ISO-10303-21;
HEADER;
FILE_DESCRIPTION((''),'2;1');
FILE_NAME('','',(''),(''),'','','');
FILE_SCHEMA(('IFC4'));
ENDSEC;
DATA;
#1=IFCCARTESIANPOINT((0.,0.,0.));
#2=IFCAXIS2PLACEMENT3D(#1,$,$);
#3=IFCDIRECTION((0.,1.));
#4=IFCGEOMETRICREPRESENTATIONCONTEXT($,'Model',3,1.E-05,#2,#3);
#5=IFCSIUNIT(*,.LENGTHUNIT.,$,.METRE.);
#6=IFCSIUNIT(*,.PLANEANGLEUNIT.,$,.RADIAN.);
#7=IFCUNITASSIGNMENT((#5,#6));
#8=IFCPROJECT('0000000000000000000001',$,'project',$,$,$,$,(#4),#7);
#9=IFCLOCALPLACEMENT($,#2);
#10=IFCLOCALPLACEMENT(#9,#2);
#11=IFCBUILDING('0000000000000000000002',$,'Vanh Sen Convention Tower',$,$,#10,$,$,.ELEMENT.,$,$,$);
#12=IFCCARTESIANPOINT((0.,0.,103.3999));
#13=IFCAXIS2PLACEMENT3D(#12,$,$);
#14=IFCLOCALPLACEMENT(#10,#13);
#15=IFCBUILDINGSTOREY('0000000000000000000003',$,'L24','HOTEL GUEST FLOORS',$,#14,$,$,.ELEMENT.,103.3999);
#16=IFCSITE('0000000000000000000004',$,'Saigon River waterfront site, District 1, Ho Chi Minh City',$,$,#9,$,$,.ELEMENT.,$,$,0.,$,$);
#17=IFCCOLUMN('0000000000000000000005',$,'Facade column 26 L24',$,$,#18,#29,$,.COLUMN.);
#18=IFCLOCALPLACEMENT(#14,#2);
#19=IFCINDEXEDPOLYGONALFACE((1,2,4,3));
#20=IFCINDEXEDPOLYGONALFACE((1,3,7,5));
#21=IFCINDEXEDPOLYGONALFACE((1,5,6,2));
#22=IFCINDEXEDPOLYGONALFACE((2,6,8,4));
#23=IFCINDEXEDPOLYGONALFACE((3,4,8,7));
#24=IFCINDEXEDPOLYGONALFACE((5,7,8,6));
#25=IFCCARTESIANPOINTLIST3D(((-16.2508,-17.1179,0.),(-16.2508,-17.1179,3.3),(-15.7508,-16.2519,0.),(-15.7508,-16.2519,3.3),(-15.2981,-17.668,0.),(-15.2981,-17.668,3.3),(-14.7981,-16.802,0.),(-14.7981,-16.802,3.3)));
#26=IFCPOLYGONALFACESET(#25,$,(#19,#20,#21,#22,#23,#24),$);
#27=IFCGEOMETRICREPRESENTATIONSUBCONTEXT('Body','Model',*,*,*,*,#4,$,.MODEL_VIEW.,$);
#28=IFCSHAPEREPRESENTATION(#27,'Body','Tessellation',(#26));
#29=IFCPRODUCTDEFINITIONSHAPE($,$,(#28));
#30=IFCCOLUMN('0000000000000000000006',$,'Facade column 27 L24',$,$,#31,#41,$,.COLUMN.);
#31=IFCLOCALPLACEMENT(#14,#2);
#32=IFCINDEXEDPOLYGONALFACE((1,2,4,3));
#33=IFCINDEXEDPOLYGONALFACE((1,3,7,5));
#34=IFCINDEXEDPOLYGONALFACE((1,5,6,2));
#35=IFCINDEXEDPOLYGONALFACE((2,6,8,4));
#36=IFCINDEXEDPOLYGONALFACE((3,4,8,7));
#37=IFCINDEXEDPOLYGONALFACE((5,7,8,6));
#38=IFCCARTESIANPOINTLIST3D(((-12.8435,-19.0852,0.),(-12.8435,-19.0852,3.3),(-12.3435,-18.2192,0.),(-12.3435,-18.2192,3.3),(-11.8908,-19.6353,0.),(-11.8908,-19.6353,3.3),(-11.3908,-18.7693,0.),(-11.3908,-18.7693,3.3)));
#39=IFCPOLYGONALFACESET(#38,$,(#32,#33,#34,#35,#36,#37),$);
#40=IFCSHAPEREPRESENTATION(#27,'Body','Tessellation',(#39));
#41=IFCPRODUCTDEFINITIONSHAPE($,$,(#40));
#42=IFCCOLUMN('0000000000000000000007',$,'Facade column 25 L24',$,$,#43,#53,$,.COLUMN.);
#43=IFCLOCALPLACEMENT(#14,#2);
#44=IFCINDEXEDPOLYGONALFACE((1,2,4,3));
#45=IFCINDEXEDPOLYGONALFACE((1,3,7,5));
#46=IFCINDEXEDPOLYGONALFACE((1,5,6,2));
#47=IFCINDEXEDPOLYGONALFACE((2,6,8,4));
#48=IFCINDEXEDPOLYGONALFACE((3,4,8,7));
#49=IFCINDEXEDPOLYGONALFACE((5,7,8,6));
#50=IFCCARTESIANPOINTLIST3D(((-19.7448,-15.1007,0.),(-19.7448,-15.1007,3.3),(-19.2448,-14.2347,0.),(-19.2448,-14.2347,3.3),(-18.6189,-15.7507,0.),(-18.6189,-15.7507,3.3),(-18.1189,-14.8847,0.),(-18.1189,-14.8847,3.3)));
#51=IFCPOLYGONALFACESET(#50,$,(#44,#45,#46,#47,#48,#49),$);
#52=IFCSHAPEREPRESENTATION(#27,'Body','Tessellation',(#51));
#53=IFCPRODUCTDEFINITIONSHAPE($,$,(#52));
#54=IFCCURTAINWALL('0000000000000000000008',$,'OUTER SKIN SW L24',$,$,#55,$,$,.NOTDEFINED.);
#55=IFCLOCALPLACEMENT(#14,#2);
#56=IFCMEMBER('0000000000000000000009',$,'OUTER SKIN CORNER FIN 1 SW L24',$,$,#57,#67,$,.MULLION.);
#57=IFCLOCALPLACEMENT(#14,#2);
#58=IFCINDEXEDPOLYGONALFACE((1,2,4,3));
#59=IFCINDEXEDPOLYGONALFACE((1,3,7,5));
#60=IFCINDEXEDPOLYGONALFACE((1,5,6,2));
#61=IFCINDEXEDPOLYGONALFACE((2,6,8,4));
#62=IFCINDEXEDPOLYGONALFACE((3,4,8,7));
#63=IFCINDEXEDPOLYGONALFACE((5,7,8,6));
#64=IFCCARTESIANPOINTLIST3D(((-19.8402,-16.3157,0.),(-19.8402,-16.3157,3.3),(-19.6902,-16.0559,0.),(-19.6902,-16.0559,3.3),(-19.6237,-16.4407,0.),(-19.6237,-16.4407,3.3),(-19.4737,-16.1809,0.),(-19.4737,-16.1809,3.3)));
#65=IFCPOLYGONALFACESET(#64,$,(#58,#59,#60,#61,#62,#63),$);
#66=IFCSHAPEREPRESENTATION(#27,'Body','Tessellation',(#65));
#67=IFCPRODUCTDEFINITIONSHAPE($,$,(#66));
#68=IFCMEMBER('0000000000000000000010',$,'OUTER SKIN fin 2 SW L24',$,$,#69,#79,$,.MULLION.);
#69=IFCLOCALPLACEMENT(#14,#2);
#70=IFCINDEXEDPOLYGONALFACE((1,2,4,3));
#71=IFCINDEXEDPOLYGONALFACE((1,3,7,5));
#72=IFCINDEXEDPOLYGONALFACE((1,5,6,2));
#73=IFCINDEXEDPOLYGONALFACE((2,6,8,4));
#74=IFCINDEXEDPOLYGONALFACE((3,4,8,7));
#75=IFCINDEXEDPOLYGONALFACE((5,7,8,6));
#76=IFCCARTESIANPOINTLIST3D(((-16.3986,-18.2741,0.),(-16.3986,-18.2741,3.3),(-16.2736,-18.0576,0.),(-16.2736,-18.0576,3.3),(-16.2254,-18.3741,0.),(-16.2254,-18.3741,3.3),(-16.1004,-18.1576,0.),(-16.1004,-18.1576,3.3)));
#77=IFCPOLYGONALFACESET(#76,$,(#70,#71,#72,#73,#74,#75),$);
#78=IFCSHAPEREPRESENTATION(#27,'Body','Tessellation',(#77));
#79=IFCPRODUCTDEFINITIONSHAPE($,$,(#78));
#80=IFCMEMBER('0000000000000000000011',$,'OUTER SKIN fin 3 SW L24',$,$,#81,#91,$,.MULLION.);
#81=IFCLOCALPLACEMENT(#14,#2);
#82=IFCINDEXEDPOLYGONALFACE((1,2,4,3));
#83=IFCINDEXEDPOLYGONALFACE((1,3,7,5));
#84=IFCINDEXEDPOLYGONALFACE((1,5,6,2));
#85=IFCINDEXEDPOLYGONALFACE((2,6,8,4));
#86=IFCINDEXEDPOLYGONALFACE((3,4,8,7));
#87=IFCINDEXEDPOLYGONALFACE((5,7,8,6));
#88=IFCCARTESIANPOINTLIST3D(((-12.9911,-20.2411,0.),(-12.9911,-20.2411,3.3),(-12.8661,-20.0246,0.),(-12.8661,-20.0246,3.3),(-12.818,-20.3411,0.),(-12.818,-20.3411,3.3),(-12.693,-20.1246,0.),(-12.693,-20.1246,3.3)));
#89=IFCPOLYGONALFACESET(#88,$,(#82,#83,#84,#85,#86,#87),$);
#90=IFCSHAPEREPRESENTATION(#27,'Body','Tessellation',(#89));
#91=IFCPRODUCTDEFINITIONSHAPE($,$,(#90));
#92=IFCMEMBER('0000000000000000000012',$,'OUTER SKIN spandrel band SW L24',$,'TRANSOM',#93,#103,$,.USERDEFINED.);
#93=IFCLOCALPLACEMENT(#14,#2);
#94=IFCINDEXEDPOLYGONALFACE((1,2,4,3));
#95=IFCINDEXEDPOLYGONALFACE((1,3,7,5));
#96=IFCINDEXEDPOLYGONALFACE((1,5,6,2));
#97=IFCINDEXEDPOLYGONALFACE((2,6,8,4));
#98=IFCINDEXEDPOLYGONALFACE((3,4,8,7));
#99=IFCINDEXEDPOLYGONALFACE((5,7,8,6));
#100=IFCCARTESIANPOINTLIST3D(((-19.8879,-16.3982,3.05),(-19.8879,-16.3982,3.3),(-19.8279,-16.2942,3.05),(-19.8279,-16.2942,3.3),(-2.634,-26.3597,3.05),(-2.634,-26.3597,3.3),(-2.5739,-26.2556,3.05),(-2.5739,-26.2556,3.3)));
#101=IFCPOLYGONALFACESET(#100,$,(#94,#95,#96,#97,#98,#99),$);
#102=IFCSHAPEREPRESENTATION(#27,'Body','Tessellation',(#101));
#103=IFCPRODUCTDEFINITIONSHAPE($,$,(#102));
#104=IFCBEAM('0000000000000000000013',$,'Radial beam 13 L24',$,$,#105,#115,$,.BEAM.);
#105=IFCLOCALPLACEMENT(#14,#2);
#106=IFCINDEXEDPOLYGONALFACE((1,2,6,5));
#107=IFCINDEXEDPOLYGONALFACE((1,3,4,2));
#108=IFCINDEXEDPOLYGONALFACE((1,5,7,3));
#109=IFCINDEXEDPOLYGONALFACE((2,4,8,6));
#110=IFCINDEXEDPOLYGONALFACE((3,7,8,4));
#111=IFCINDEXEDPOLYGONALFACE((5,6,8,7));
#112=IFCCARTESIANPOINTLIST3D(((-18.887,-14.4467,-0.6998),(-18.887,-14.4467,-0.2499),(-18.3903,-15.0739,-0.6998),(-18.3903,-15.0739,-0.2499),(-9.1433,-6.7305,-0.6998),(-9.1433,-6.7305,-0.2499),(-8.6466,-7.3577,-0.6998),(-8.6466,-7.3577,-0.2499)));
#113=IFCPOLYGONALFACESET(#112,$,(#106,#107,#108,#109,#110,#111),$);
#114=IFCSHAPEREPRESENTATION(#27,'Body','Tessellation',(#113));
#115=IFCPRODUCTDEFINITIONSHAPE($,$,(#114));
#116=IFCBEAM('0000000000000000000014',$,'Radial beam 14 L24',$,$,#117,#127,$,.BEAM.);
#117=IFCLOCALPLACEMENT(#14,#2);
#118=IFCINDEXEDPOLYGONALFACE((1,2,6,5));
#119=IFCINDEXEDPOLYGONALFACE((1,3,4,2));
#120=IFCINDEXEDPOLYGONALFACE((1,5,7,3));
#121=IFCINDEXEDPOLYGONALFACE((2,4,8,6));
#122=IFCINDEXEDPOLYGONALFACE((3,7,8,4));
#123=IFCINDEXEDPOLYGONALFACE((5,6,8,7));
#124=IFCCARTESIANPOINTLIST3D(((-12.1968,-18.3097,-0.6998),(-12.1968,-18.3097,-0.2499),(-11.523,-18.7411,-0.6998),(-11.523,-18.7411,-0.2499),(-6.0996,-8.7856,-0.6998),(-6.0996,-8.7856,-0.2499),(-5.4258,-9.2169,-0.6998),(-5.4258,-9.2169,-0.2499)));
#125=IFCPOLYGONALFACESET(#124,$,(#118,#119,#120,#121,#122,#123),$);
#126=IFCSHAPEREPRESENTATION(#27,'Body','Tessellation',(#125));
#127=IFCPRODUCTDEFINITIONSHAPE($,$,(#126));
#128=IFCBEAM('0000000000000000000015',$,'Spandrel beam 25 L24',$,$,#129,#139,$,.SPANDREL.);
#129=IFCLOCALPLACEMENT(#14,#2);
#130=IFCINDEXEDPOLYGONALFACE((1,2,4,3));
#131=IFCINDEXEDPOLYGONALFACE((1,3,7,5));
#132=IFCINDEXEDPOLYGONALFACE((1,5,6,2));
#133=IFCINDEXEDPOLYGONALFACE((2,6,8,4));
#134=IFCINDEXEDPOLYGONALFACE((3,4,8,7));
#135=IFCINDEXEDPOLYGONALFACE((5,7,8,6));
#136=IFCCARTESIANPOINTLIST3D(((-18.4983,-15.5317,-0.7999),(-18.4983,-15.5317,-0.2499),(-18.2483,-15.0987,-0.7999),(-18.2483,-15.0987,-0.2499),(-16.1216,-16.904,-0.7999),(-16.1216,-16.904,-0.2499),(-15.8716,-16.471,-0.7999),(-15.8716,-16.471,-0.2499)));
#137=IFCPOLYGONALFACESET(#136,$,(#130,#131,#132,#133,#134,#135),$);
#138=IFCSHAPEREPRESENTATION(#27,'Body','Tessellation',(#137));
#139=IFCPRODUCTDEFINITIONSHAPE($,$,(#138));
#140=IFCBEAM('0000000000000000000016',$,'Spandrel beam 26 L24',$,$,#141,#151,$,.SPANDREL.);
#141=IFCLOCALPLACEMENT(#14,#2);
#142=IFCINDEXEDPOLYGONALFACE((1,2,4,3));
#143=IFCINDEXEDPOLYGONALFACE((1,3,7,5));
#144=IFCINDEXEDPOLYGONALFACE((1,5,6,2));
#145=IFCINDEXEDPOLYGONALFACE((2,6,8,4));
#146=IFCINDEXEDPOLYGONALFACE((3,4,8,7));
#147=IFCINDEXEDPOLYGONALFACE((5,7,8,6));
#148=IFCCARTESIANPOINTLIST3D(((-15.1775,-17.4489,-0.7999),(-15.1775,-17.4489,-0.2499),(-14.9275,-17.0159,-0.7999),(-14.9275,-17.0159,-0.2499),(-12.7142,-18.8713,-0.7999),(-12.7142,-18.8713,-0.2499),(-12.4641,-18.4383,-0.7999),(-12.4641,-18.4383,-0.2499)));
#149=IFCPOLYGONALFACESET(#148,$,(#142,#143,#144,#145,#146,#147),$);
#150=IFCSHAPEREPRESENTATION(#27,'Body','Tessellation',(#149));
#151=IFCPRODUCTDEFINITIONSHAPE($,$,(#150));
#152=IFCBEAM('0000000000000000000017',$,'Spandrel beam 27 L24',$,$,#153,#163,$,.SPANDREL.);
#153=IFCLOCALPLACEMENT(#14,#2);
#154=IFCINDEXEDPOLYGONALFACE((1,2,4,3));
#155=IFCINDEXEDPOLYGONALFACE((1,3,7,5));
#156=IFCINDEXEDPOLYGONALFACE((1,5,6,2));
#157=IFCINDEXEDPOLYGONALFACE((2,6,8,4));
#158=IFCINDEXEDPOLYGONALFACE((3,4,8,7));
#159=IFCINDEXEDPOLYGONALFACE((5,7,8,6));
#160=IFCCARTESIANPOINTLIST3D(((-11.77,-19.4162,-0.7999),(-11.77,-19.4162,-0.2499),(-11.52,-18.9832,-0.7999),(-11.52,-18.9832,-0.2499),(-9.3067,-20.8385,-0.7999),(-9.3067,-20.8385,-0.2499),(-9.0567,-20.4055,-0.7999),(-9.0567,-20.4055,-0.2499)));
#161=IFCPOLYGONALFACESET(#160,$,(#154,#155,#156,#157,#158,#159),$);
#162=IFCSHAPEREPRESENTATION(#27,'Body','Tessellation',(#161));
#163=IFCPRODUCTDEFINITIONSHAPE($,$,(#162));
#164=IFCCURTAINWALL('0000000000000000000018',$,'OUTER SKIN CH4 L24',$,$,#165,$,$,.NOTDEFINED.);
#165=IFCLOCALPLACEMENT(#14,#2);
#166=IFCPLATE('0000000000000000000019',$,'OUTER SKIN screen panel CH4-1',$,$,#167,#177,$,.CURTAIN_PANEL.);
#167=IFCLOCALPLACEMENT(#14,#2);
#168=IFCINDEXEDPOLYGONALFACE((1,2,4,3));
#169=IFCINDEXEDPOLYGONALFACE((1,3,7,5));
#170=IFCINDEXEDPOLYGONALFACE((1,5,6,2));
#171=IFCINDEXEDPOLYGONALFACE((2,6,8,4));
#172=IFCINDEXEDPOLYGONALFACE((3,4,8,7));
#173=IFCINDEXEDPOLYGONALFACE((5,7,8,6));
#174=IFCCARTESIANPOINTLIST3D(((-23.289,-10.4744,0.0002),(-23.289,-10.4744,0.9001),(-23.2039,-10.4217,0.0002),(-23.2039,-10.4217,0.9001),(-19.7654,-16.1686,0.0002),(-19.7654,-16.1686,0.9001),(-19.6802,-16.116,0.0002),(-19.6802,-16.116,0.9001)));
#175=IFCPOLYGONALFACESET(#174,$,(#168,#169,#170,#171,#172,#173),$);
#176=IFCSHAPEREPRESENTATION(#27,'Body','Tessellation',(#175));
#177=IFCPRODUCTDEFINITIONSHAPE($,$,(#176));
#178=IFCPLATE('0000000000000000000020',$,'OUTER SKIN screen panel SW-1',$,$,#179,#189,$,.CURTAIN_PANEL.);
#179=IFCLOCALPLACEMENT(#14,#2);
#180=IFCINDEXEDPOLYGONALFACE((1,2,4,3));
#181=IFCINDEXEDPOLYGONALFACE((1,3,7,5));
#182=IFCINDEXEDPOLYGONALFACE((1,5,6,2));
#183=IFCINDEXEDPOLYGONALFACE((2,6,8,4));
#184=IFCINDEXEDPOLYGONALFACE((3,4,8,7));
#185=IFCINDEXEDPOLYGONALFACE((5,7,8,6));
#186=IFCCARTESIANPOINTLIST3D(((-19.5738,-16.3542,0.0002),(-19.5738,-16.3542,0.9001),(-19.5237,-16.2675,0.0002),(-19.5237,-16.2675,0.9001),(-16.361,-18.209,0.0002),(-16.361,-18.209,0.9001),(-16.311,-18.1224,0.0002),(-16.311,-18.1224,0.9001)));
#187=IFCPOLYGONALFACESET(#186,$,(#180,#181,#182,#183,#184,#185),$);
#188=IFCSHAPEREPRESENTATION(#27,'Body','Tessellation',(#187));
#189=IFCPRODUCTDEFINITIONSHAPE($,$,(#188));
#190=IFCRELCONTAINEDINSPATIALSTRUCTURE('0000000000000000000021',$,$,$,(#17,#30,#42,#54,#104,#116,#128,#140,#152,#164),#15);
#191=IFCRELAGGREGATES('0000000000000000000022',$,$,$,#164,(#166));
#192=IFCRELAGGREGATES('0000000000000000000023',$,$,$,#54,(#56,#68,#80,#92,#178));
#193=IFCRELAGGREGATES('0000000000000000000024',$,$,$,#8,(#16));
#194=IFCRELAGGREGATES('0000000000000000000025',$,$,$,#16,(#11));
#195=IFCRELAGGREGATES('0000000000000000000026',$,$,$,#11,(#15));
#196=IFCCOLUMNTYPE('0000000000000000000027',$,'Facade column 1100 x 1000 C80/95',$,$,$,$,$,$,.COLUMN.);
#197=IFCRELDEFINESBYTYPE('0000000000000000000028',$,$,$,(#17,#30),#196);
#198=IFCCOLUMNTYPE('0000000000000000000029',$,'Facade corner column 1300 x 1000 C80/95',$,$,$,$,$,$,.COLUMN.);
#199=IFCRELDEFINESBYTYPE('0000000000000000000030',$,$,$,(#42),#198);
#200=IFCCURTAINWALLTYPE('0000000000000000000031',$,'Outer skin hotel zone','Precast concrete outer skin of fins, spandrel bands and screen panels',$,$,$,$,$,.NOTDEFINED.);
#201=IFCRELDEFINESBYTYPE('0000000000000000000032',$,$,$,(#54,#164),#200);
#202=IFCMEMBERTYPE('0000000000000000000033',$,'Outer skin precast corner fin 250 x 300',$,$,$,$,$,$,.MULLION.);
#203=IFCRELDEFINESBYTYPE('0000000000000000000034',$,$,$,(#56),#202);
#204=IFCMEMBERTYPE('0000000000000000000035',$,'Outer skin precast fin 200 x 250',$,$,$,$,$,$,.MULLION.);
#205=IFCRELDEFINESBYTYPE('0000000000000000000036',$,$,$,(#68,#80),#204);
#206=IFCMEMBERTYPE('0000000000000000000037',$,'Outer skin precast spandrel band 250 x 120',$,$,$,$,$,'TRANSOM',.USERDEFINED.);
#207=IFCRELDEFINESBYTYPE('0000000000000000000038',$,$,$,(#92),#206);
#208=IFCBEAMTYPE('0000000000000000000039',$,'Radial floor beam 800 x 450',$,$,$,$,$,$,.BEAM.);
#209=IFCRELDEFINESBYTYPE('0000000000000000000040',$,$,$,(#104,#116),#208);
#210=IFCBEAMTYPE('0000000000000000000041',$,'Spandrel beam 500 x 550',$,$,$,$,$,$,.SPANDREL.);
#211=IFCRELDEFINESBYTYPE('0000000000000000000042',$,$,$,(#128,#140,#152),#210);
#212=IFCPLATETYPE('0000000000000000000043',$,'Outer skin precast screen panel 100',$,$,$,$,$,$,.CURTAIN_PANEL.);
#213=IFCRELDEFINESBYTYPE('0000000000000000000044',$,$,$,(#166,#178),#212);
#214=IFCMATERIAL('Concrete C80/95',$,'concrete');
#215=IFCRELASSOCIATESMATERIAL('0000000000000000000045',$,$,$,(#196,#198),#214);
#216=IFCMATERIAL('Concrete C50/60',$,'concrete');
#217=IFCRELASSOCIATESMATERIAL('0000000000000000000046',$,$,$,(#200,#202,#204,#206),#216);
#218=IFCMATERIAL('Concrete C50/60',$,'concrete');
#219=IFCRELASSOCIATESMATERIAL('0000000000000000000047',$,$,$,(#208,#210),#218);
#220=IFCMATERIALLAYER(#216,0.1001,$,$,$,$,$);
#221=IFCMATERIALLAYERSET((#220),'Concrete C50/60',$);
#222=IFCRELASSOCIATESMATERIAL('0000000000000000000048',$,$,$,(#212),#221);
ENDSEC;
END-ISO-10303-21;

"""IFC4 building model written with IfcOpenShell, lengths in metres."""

from ifc_helpers import new_model, si_unit, direction, frame, origin, origin_2d, place, context, subcontext, project, spatial, rectangle, extrude, material, layer, layer_set, material_profile, profile_set, type_object, element, aggregate, save


model = new_model("IFC4")

# Units and contexts
model_context = context("Model", 3, precision=1e-05, world=origin(), true_north=direction((0.0, 1.0)))
body_context = subcontext(model_context, "Body", "Model", "MODEL_VIEW")
ifc_project = project(units=[si_unit("LENGTHUNIT", "METRE"), si_unit("PLANEANGLEUNIT", "RADIAN")], contexts=[model_context])

# Site, building, storey
site_placement = place(None, origin())
site = spatial("IfcSite", under=ifc_project, at=site_placement, Name="Saigon River waterfront site, District 1, Ho Chi Minh City", CompositionType="ELEMENT", RefElevation=0.0)
building_placement = place(site_placement, origin())
building = spatial("IfcBuilding", under=site, at=building_placement, Name="Vanh Sen Convention Tower", CompositionType="ELEMENT")
storey_placement = place(building_placement, frame((0.0, 0.0, 103.3999)))
storey = spatial("IfcBuildingStorey", under=building, at=storey_placement, Name="L24", Description="HOTEL GUEST FLOORS", CompositionType="ELEMENT", Elevation=103.3999)

# Columns
ifc_material_1 = material(Name="Concrete C80/95", Category="concrete")
ifc_material_profile_1 = material_profile(ifc_material_1, rectangle(XDim=1.1001, YDim=1.0, at=origin_2d()), Name="RC 1100X1000")
ifc_profile_set_1 = profile_set([ifc_material_profile_1], Name="Concrete C80/95")
column_type_1 = type_object("IfcColumnType", Name="Facade column 1100 x 1000 C80/95", PredefinedType="COLUMN", material=ifc_profile_set_1)
for number, where, z_axis, x_axis, name in (
    (1, (-15.5244, -16.96, 0.0), (0.0, 0.0, 1.0), (0.866025, -0.5, 0.0), "Facade column 26 L24"),
    (2, (-12.1172, -18.9272, 0.0), (0.0, 0.0, 1.0), (0.866025, -0.5, 0.0), "Facade column 27 L24"),
):
    element("IfcColumn", number, at=place(storey_placement, frame(where, z_axis=z_axis, x_axis=x_axis)), inside=storey, type_object=column_type_1, Name=name, PredefinedType="COLUMN", context=body_context, shape_type="SweptSolid", body=[
        extrude(rectangle(XDim=1.1001, YDim=1.0, at=origin_2d()), origin(), (0.0, 0.0, 1.0), 3.3),
    ])
ifc_material_profile_2 = material_profile(ifc_material_1, rectangle(XDim=1.3, YDim=1.0, at=origin_2d()), Name="RC 1300X1000")
ifc_profile_set_2 = profile_set([ifc_material_profile_2], Name="Concrete C80/95")
column_type_2 = type_object("IfcColumnType", Name="Facade corner column 1300 x 1000 C80/95", PredefinedType="COLUMN", material=ifc_profile_set_2)
column_placement = place(storey_placement, frame((-18.9319, -14.9927, 0.0), z_axis=(0.0, 0.0, 1.0), x_axis=(0.866025, -0.5, 0.0)))
element("IfcColumn", 3, at=column_placement, inside=storey, type_object=column_type_2, Name="Facade column 25 L24", PredefinedType="COLUMN", context=body_context, shape_type="SweptSolid", body=[
    extrude(rectangle(XDim=1.3, YDim=1.0, at=origin_2d()), origin(), (0.0, 0.0, 1.0), 3.3),
])

# Curtain wall, members
ifc_material_2 = material(Name="Concrete C50/60", Category="concrete")
curtain_wall_type = type_object("IfcCurtainWallType", Name="Outer skin hotel zone", Description="Precast concrete outer skin of fins, spandrel bands and screen panels", PredefinedType="NOTDEFINED", material=ifc_material_2)
curtain_wall_1_placement = place(storey_placement, origin())
curtain_wall_1 = element("IfcCurtainWall", 4, at=curtain_wall_1_placement, inside=storey, type_object=curtain_wall_type, Name="OUTER SKIN SW L24", PredefinedType="NOTDEFINED")
ifc_material_profile_3 = material_profile(ifc_material_2, rectangle(XDim=0.25, YDim=0.3, at=origin_2d()), Name="Outer skin precast corner fin 250 x 300")
ifc_profile_set_3 = profile_set([ifc_material_profile_3], Name="Concrete C50/60")
member_type_1 = type_object("IfcMemberType", Name="Outer skin precast corner fin 250 x 300", PredefinedType="MULLION", material=ifc_profile_set_3)
member_1_placement = place(storey_placement, frame((-19.657, -16.2483, 0.0), z_axis=(0.0, 0.0, 1.0), x_axis=(0.866025, -0.5, 0.0)))
member_1 = element("IfcMember", 5, at=member_1_placement, type_object=member_type_1, Name="OUTER SKIN CORNER FIN 1 SW L24", PredefinedType="MULLION", context=body_context, shape_type="SweptSolid", body=[
    extrude(rectangle(XDim=0.25, YDim=0.3, at=origin_2d()), origin(), (0.0, 0.0, 1.0), 3.3),
])
ifc_material_profile_4 = material_profile(ifc_material_2, rectangle(XDim=0.2, YDim=0.25, at=origin_2d()), Name="Outer skin precast fin 200 x 250")
ifc_profile_set_4 = profile_set([ifc_material_profile_4], Name="Concrete C50/60")
member_type_2 = type_object("IfcMemberType", Name="Outer skin precast fin 200 x 250", PredefinedType="MULLION", material=ifc_profile_set_4)
member_2_placement = place(storey_placement, frame((-16.2495, -18.2158, 0.0), z_axis=(0.0, 0.0, 1.0), x_axis=(0.866025, -0.5, 0.0)))
member_2 = element("IfcMember", 6, at=member_2_placement, type_object=member_type_2, Name="OUTER SKIN fin 2 SW L24", PredefinedType="MULLION", context=body_context, shape_type="SweptSolid", body=[
    extrude(rectangle(XDim=0.2, YDim=0.25, at=origin_2d()), origin(), (0.0, 0.0, 1.0), 3.3),
])
member_3_placement = place(storey_placement, frame((-12.842, -20.1829, 0.0), z_axis=(0.0, 0.0, 1.0), x_axis=(0.866025, -0.5, 0.0)))
member_3 = element("IfcMember", 7, at=member_3_placement, type_object=member_type_2, Name="OUTER SKIN fin 3 SW L24", PredefinedType="MULLION", context=body_context, shape_type="SweptSolid", body=[
    extrude(rectangle(XDim=0.2, YDim=0.25, at=origin_2d()), origin(), (0.0, 0.0, 1.0), 3.3),
])
ifc_material_profile_5 = material_profile(ifc_material_2, rectangle(XDim=0.1201, YDim=0.25, at=origin_2d()), Name="Outer skin precast spandrel band 250 x 120")
ifc_profile_set_5 = profile_set([ifc_material_profile_5], Name="Concrete C50/60")
member_type_3 = type_object("IfcMemberType", Name="Outer skin precast spandrel band 250 x 120", ElementType="TRANSOM", PredefinedType="USERDEFINED", material=ifc_profile_set_5)
member_4_placement = place(storey_placement, frame((-19.8579, -16.3462, 3.175), z_axis=(0.866028, -0.499995, 0.0), x_axis=(0.499995, 0.866028, 0.0)))
member_4 = element("IfcMember", 8, at=member_4_placement, type_object=member_type_3, Name="OUTER SKIN spandrel band SW L24", ObjectType="TRANSOM", PredefinedType="USERDEFINED", context=body_context, shape_type="SweptSolid", body=[
    extrude(rectangle(XDim=0.1201, YDim=0.25, at=origin_2d()), origin(), (0.0, 0.0, 1.0), 19.9231),
])

# Beams
ifc_material_3 = material(Name="Concrete C50/60", Category="concrete")
ifc_material_profile_6 = material_profile(ifc_material_3, rectangle(XDim=0.8, YDim=0.45, at=origin_2d()), Name="RC 800X450")
ifc_profile_set_6 = profile_set([ifc_material_profile_6], Name="Concrete C50/60")
beam_type_1 = type_object("IfcBeamType", Name="Radial floor beam 800 x 450", PredefinedType="BEAM", material=ifc_profile_set_6)
beam_1_placement = place(storey_placement, frame((-18.6387, -14.7603, -0.4749), z_axis=(0.783954, 0.620819, 0.0), x_axis=(-0.620819, 0.783954, 0.0)))
element("IfcBeam", 9, at=beam_1_placement, inside=storey, type_object=beam_type_1, Name="Radial beam 13 L24", PredefinedType="BEAM", context=body_context, shape_type="SweptSolid", body=[
    extrude(rectangle(XDim=0.8, YDim=0.45, at=origin_2d()), origin(), (0.0, 0.0, 1.0), 12.429),
])
beam_2_placement = place(storey_placement, frame((-11.8599, -18.5254, -0.4749), z_axis=(0.53916, 0.842203, 0.0), x_axis=(-0.842203, 0.53916, 0.0)))
element("IfcBeam", 10, at=beam_2_placement, inside=storey, type_object=beam_type_1, Name="Radial beam 14 L24", PredefinedType="BEAM", context=body_context, shape_type="SweptSolid", body=[
    extrude(rectangle(XDim=0.8, YDim=0.45, at=origin_2d()), origin(), (0.0, 0.0, 1.0), 11.3086),
])
ifc_material_profile_7 = material_profile(ifc_material_3, rectangle(XDim=0.5, YDim=0.55, at=origin_2d()), Name="RC 500X550")
ifc_profile_set_7 = profile_set([ifc_material_profile_7], Name="Concrete C50/60")
beam_type_2 = type_object("IfcBeamType", Name="Spandrel beam 500 x 550", PredefinedType="SPANDREL", material=ifc_profile_set_7)
beam_3_placement = place(storey_placement, frame((-18.3733, -15.3152, -0.5249), z_axis=(0.866006, -0.500033, 0.0), x_axis=(0.500033, 0.866006, 0.0)))
element("IfcBeam", 11, at=beam_3_placement, inside=storey, type_object=beam_type_2, Name="Spandrel beam 25 L24", PredefinedType="SPANDREL", context=body_context, shape_type="SweptSolid", body=[
    extrude(rectangle(XDim=0.5, YDim=0.55, at=origin_2d()), origin(), (0.0, 0.0, 1.0), 2.7444),
])
for number, where, z_axis, x_axis, name in (
    (12, (-15.0525, -17.2324, -0.5249), (0.866005, -0.500034, 0.0), (0.500034, 0.866005, 0.0), "Spandrel beam 26 L24"),
    (13, (-11.645, -19.1997, -0.5249), (0.866005, -0.500034, 0.0), (0.500034, 0.866005, 0.0), "Spandrel beam 27 L24"),
):
    element("IfcBeam", number, at=place(storey_placement, frame(where, z_axis=z_axis, x_axis=x_axis)), inside=storey, type_object=beam_type_2, Name=name, PredefinedType="SPANDREL", context=body_context, shape_type="SweptSolid", body=[
        extrude(rectangle(XDim=0.5, YDim=0.55, at=origin_2d()), origin(), (0.0, 0.0, 1.0), 2.8445),
    ])

# Curtain wall, plate
curtain_wall_2_placement = place(storey_placement, origin())
curtain_wall_2 = element("IfcCurtainWall", 14, at=curtain_wall_2_placement, inside=storey, type_object=curtain_wall_type, Name="OUTER SKIN CH4 L24", PredefinedType="NOTDEFINED")
ifc_layer_1 = layer(ifc_material_2, 0.1001)
ifc_layer_set_1 = layer_set([ifc_layer_1], Name="Concrete C50/60")
plate_type = type_object("IfcPlateType", Name="Outer skin precast screen panel 100", PredefinedType="CURTAIN_PANEL", material=ifc_layer_set_1)
plate_1_placement = place(storey_placement, frame((-21.4846, -13.2952, 0.0002), z_axis=(0.0, 0.0, 1.0), x_axis=(0.526205, -0.850358, 0.0)))
plate_1 = element("IfcPlate", 15, at=plate_1_placement, type_object=plate_type, Name="OUTER SKIN screen panel CH4-1", PredefinedType="CURTAIN_PANEL", context=body_context, shape_type="SweptSolid", body=[
    extrude(rectangle(XDim=6.6963, YDim=0.1001, at=origin_2d()), origin(), (0.0, 0.0, 1.0), 0.8999),
])
aggregate(curtain_wall_2, [plate_1])

# Plate
plate_2_placement = place(storey_placement, frame((-17.9424, -17.2383, 0.0002), z_axis=(0.0, 0.0, 1.0), x_axis=(0.866028, -0.499995, 0.0)))
plate_2 = element("IfcPlate", 16, at=plate_2_placement, type_object=plate_type, Name="OUTER SKIN screen panel SW-1", PredefinedType="CURTAIN_PANEL", context=body_context, shape_type="SweptSolid", body=[
    extrude(rectangle(XDim=3.7097, YDim=0.1001, at=origin_2d()), origin(), (0.0, 0.0, 1.0), 0.8999),
])
aggregate(curtain_wall_1, [member_1, member_2, member_3, member_4, plate_2])

save(model, "model.ifc")
